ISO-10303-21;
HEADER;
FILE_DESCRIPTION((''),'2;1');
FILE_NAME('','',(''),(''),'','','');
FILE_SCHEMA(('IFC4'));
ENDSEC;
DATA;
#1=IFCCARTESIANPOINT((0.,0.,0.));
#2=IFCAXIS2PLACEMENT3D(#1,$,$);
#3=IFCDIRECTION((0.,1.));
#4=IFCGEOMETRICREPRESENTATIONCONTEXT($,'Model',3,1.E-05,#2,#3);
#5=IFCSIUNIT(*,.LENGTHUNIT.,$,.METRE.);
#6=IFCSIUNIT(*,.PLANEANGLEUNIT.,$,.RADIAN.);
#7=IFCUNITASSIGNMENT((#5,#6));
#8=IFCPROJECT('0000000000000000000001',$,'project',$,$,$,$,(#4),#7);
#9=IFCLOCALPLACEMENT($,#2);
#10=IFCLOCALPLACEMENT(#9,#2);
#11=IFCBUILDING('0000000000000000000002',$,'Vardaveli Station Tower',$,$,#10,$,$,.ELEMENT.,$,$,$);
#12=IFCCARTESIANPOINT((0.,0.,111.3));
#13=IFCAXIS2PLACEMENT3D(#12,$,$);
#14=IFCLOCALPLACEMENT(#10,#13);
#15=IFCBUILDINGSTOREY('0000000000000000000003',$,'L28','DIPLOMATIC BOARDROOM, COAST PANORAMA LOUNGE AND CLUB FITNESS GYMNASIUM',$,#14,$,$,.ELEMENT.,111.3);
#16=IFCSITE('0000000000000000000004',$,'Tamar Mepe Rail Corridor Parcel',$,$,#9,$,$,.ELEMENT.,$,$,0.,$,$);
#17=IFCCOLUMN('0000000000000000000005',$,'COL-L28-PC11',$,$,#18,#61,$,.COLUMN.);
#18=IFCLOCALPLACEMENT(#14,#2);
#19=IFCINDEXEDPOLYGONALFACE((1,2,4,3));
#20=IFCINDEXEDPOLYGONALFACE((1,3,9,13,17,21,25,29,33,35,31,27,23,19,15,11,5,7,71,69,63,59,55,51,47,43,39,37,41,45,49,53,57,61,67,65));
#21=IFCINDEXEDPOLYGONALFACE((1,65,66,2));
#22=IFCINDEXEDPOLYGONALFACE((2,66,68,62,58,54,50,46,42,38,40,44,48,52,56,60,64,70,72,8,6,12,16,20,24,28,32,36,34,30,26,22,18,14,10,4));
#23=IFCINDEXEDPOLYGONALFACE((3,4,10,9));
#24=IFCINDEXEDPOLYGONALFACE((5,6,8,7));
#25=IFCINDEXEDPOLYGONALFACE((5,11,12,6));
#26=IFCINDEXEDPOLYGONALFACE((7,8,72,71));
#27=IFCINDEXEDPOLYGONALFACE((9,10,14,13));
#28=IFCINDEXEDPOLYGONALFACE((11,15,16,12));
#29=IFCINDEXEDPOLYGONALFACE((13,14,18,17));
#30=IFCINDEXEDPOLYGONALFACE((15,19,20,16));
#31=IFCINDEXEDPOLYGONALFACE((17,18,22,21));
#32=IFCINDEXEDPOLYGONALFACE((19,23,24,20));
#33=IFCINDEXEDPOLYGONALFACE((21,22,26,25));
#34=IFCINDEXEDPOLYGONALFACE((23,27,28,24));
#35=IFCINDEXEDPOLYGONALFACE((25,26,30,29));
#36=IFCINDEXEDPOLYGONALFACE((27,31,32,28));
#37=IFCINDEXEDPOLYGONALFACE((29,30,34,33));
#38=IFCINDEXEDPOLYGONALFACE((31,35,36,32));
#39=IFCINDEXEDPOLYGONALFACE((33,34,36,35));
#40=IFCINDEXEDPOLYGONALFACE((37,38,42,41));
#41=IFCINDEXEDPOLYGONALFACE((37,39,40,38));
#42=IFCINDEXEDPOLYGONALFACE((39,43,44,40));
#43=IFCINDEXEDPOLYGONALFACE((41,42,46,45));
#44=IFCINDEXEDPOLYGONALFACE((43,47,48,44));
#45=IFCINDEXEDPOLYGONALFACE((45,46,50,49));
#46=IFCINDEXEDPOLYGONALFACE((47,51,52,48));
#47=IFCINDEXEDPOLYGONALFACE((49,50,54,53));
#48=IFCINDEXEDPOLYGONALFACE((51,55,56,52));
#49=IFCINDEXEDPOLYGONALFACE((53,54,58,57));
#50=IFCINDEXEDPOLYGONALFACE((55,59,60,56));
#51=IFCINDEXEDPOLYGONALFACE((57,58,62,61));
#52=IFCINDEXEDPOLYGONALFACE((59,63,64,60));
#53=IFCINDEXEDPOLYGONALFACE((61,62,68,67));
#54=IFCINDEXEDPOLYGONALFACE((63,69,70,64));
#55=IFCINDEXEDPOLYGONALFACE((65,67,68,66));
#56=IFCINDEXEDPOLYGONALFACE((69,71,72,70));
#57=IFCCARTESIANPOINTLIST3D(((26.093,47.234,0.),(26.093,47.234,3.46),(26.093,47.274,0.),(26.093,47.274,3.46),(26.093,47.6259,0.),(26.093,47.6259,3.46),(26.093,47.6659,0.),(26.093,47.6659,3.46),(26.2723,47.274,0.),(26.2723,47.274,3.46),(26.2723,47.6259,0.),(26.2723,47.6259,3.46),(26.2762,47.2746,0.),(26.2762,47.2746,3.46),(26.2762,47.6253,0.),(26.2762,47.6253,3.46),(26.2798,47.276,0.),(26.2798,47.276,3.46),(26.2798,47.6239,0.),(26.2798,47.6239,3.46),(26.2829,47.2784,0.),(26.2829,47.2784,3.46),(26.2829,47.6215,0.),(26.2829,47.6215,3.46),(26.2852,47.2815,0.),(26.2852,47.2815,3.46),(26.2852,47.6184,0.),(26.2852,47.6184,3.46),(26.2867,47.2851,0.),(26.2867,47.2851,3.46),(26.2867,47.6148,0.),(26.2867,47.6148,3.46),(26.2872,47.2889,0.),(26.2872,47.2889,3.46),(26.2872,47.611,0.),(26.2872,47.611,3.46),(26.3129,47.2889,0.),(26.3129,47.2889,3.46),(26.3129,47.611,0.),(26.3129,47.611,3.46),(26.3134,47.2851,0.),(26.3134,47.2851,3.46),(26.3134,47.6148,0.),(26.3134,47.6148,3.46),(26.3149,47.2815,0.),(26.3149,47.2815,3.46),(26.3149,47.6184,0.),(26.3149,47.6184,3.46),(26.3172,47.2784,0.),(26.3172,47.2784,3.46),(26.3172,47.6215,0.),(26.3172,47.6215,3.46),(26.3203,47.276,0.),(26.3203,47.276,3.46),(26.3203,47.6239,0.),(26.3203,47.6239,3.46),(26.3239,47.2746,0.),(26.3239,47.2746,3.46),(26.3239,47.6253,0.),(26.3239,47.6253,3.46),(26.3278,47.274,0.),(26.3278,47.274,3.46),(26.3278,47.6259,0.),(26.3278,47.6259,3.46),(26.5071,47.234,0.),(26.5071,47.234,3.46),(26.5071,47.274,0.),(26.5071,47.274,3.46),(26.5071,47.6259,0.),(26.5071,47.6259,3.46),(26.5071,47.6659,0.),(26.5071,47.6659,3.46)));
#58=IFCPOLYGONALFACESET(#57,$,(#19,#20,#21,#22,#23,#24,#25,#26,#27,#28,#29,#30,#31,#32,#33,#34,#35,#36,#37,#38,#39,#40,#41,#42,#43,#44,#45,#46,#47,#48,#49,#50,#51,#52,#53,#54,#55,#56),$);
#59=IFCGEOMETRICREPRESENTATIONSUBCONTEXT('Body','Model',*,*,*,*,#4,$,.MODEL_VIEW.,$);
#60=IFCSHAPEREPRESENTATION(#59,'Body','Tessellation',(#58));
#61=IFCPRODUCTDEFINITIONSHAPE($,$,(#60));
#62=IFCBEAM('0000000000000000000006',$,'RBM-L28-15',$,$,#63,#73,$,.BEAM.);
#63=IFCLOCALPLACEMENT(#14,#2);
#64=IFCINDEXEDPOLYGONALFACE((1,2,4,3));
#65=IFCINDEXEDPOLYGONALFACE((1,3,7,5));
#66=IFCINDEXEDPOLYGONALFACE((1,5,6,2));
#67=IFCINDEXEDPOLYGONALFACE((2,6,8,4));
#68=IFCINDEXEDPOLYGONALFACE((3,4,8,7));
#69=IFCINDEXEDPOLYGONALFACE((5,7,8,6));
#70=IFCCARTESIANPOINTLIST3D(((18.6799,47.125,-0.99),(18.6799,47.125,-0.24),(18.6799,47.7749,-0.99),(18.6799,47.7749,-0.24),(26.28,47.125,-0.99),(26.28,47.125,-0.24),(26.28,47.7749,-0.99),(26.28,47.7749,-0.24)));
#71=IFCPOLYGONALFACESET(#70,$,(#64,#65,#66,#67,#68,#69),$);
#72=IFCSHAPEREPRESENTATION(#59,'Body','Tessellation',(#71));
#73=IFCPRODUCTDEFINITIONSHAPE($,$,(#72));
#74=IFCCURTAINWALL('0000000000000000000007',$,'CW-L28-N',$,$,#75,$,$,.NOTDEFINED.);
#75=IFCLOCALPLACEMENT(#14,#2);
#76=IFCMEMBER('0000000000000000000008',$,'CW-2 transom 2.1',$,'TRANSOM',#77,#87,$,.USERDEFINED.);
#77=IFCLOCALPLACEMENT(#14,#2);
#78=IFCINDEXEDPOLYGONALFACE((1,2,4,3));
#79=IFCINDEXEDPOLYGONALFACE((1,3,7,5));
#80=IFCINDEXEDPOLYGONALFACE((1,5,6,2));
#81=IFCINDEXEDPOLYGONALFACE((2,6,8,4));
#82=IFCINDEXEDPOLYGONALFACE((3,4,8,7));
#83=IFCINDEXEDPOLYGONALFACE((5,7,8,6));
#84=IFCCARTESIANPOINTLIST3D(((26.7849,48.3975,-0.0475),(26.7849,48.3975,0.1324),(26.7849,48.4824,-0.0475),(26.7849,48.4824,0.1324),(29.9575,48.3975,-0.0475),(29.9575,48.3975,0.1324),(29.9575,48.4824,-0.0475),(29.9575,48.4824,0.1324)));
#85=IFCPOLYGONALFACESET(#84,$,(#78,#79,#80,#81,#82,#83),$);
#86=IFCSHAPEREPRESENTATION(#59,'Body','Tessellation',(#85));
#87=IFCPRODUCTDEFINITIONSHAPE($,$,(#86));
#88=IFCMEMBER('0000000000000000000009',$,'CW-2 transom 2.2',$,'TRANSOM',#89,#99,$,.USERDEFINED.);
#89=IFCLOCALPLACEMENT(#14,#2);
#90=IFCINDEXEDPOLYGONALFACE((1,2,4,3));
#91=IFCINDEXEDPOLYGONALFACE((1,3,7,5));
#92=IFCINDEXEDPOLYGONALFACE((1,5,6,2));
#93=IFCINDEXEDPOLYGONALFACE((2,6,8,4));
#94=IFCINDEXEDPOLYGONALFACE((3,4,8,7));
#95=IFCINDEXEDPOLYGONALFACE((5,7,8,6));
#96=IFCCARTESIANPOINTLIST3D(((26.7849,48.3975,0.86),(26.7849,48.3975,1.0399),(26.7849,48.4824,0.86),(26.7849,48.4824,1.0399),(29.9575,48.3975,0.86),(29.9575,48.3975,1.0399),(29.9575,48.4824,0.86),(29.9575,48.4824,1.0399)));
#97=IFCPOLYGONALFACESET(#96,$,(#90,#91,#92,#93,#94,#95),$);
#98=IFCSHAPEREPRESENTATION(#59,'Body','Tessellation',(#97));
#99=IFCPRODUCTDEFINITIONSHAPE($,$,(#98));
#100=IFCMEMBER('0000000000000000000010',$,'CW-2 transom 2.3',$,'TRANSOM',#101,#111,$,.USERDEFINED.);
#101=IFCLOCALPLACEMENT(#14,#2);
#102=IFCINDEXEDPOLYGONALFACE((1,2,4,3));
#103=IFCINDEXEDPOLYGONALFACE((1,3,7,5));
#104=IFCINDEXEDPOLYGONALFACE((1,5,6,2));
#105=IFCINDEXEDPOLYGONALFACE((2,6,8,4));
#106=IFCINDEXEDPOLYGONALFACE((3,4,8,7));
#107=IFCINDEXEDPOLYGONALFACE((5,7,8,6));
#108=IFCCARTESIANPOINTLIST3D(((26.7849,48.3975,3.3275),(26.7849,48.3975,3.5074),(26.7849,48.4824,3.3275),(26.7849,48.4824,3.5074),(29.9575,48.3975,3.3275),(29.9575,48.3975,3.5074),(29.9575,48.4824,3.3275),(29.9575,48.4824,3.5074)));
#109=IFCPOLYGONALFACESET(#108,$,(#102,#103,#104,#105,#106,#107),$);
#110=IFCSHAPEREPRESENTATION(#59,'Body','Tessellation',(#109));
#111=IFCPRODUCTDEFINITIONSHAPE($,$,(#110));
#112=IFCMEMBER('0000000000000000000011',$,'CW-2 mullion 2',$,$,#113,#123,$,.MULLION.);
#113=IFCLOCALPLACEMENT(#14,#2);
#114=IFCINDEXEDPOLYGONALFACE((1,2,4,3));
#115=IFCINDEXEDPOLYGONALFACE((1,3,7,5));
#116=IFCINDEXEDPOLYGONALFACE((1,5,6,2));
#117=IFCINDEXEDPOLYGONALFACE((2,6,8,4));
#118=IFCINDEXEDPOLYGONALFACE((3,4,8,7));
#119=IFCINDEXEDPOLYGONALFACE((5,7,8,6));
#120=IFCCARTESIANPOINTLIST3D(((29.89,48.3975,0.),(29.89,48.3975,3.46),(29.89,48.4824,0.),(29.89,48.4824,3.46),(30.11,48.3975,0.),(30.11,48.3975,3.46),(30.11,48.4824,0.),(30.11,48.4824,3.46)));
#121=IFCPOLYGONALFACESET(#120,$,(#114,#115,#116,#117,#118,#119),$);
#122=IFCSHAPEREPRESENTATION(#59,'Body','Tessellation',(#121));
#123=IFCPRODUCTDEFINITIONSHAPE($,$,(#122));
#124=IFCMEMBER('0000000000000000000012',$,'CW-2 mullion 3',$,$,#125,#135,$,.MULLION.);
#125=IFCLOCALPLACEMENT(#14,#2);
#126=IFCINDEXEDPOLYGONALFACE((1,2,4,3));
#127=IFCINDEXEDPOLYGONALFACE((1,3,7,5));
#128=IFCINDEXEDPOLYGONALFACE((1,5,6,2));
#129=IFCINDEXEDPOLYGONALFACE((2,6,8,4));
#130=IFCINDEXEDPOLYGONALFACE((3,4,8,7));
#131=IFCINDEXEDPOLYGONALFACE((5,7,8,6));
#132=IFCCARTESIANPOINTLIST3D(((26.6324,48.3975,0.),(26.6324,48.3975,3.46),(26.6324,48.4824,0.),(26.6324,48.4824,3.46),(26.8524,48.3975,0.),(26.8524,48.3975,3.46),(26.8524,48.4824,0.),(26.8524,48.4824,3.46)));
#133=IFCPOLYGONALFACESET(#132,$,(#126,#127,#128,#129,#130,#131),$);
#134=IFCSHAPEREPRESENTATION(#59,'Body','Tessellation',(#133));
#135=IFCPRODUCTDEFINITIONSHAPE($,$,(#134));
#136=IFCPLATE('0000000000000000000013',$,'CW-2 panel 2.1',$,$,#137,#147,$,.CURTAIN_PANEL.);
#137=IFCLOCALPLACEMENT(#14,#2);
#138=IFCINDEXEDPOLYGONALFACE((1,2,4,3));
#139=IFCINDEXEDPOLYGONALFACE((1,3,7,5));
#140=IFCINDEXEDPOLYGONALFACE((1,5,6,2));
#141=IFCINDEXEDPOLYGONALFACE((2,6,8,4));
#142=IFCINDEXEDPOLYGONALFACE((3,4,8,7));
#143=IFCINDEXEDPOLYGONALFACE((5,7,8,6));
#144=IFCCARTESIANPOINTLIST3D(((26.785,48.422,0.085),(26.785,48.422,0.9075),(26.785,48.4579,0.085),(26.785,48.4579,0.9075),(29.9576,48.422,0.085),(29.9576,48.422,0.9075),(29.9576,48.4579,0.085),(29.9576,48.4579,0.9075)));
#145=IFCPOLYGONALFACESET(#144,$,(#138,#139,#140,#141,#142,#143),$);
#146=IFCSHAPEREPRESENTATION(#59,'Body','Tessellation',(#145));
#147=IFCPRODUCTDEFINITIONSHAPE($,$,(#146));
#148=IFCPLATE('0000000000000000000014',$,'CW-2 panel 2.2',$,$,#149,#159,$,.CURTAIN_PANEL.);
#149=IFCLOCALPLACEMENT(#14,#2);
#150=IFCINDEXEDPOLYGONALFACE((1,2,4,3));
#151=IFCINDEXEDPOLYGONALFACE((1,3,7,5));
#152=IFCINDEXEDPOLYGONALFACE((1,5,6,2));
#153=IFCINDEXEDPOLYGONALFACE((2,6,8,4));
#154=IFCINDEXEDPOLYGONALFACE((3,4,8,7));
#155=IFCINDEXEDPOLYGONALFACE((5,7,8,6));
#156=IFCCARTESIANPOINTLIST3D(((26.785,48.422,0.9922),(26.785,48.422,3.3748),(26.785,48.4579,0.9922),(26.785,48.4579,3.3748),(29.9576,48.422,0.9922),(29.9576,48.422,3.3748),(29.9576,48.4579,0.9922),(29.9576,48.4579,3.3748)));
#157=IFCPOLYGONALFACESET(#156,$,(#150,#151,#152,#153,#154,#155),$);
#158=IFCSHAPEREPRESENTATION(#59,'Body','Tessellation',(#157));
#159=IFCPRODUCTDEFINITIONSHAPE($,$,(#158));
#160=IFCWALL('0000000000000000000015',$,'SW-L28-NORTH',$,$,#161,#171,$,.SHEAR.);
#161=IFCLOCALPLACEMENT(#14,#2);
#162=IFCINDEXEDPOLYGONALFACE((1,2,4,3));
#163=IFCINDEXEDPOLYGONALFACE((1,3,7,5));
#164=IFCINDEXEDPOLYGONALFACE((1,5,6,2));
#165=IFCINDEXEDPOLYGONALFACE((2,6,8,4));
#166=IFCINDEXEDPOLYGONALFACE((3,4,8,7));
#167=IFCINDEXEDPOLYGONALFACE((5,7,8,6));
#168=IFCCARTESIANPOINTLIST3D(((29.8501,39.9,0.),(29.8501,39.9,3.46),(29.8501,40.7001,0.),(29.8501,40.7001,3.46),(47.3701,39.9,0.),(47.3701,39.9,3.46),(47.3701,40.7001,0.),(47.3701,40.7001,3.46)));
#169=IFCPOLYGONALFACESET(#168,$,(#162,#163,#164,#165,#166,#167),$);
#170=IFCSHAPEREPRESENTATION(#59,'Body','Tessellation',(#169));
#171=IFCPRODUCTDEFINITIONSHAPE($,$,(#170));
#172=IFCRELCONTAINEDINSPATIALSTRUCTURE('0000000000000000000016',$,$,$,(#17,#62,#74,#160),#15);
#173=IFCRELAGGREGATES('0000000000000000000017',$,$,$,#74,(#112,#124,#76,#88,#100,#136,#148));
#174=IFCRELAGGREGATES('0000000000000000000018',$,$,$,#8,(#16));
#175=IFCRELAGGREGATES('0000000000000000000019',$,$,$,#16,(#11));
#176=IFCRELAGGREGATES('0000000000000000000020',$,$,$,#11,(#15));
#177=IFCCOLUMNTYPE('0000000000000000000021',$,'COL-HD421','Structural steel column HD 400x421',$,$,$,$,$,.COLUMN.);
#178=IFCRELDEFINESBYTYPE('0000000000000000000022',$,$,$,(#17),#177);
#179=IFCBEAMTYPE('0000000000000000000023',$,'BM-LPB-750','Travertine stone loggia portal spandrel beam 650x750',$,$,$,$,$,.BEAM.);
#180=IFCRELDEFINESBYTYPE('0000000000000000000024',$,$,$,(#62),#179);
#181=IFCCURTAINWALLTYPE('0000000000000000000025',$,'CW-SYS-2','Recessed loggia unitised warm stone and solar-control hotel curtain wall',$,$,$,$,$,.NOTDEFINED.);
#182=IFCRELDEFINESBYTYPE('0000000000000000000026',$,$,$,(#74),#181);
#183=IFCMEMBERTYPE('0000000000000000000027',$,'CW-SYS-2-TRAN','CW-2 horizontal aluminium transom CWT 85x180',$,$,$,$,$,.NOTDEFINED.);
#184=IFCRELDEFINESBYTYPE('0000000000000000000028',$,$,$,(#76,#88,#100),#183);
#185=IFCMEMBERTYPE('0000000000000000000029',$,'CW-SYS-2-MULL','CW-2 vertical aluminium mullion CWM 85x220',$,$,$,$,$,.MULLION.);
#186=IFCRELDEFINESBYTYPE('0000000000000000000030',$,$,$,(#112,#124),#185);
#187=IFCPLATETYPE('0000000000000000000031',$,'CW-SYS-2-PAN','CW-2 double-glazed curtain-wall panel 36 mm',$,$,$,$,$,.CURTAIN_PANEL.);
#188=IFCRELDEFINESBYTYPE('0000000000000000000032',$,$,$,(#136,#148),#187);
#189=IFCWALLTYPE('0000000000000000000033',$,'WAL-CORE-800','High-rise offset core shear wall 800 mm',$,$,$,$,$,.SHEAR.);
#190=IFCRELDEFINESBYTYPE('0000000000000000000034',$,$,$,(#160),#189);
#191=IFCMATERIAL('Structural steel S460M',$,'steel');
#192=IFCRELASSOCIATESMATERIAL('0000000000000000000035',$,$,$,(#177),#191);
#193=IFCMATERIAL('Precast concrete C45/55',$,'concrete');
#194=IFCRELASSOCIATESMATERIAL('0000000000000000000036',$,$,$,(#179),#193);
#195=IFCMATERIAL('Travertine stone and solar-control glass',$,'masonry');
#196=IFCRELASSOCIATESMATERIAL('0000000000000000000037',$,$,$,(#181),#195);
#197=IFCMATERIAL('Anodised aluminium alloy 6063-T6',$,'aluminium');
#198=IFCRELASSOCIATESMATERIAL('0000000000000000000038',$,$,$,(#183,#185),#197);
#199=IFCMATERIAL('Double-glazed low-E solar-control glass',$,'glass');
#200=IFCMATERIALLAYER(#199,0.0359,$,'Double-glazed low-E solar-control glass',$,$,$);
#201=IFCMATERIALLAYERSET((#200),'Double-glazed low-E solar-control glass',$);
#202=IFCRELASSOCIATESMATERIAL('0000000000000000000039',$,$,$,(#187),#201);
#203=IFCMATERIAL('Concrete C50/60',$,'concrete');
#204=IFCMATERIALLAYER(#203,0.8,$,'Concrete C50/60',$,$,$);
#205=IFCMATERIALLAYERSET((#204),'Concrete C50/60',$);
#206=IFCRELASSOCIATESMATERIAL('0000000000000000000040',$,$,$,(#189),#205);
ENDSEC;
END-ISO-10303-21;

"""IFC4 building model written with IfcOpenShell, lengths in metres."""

from ifc_helpers import new_model, si_unit, direction, frame, frame_2d, origin, origin_2d, place, context, subcontext, project, spatial, rectangle, i_section, extrude, source, transform, mapped, material, layer, layer_set, material_profile, profile_set, type_object, element, aggregate, save


model = new_model("IFC4")

# Units and contexts
model_context = context("Model", 3, precision=1e-05, world=origin(), true_north=direction((0.0, 1.0)))
body_context = subcontext(model_context, "Body", "Model", "MODEL_VIEW")
ifc_project = project(units=[si_unit("LENGTHUNIT", "METRE"), si_unit("PLANEANGLEUNIT", "RADIAN")], contexts=[model_context])

# Site, building, storey
site_placement = place(None, origin())
site = spatial("IfcSite", under=ifc_project, at=site_placement, Name="Tamar Mepe Rail Corridor Parcel", CompositionType="ELEMENT", RefElevation=0.0)
building_placement = place(site_placement, origin())
building = spatial("IfcBuilding", under=site, at=building_placement, Name="Vardaveli Station Tower", CompositionType="ELEMENT")
storey_placement = place(building_placement, frame((0.0, 0.0, 111.3)))
storey = spatial("IfcBuildingStorey", under=building, at=storey_placement, Name="L28", Description="DIPLOMATIC BOARDROOM, COAST PANORAMA LOUNGE AND CLUB FITNESS GYMNASIUM", CompositionType="ELEMENT", Elevation=111.3)

# Column
ifc_material_1 = material(Name="Structural steel S460M", Category="steel")
ifc_material_profile_1 = material_profile(ifc_material_1, i_section(OverallWidth=0.4141, OverallDepth=0.4319, WebThickness=0.0256, FlangeThickness=0.04, FilletRadius=0.0149, at=origin_2d()), Name="HD 400x421")
ifc_profile_set_1 = profile_set([ifc_material_profile_1], Name="Structural steel S460M")
column_type = type_object("IfcColumnType", Name="COL-HD421", Description="Structural steel column HD 400x421", PredefinedType="COLUMN", material=ifc_profile_set_1)
shared_shape_1 = source(origin(), body_context, "Body", "SweptSolid", [
    extrude(i_section(OverallWidth=0.4141, OverallDepth=0.4319, WebThickness=0.0256, FlangeThickness=0.04, FilletRadius=0.0149, at=origin_2d()), origin(), (0.0, 0.0, 1.0), 3.46),
])
column_placement = place(storey_placement, frame((26.3, 47.45, 0.0), z_axis=(0.0, 0.0, 1.0), x_axis=(1.0, 0.0, 0.0)))
element("IfcColumn", 1, at=column_placement, inside=storey, type_object=column_type, Name="COL-L28-PC11", PredefinedType="COLUMN", context=body_context, shape_type="MappedRepresentation", body=[
    mapped(shared_shape_1, transform((0.0, 0.0, 0.0), scale=1.0)),
])

# Beam
ifc_material_2 = material(Name="Precast concrete C45/55", Category="concrete")
ifc_material_profile_2 = material_profile(ifc_material_2, rectangle(XDim=0.6499, YDim=0.75, at=origin_2d()), Name="LPB 650x750")
ifc_profile_set_2 = profile_set([ifc_material_profile_2], Name="Precast concrete C45/55")
beam_type = type_object("IfcBeamType", Name="BM-LPB-750", Description="Travertine stone loggia portal spandrel beam 650x750", PredefinedType="BEAM", material=ifc_profile_set_2)
shared_shape_2 = source(origin(), body_context, "Body", "SweptSolid", [
    extrude(rectangle(XDim=0.6499, YDim=0.75, at=origin_2d()), origin(), (0.0, 0.0, 1.0), 7.6001),
])
beam_placement = place(storey_placement, frame((26.28, 47.45, -0.615), z_axis=(-1.0, 0.0, 0.0), x_axis=(0.0, -1.0, 0.0)))
element("IfcBeam", 2, at=beam_placement, inside=storey, type_object=beam_type, Name="RBM-L28-15", PredefinedType="BEAM", context=body_context, shape_type="MappedRepresentation", body=[
    mapped(shared_shape_2, transform((0.0, 0.0, 0.0), scale=1.0)),
])

# Curtain wall, members, plates
ifc_material_3 = material(Name="Travertine stone and solar-control glass", Category="masonry")
curtain_wall_type = type_object("IfcCurtainWallType", Name="CW-SYS-2", Description="Recessed loggia unitised warm stone and solar-control hotel curtain wall", PredefinedType="NOTDEFINED", material=ifc_material_3)
curtain_wall_placement = place(storey_placement, origin())
curtain_wall = element("IfcCurtainWall", 3, at=curtain_wall_placement, inside=storey, type_object=curtain_wall_type, Name="CW-L28-N", PredefinedType="NOTDEFINED")
ifc_material_4 = material(Name="Anodised aluminium alloy 6063-T6", Category="aluminium")
ifc_material_profile_3 = material_profile(ifc_material_4, rectangle(XDim=0.085, YDim=0.1799, at=origin_2d()), Name="CWT 85x180")
ifc_profile_set_3 = profile_set([ifc_material_profile_3], Name="Anodised aluminium alloy 6063-T6")
member_type_1 = type_object("IfcMemberType", Name="CW-SYS-2-TRAN", Description="CW-2 horizontal aluminium transom CWT 85x180", PredefinedType="NOTDEFINED", material=ifc_profile_set_3)
shared_shape_3 = source(origin(), body_context, "Body", "SweptSolid", [
    extrude(rectangle(XDim=0.085, YDim=0.1799, at=origin_2d()), origin(), (0.0, 0.0, 1.0), 3.1726),
])
member_1_placement = place(storey_placement, frame((29.9575, 48.4399, 0.0425), z_axis=(-1.0, 0.0, 0.0), x_axis=(0.0, -1.0, 0.0)))
member_1 = element("IfcMember", 4, at=member_1_placement, type_object=member_type_1, Name="CW-2 transom 2.1", ObjectType="TRANSOM", PredefinedType="USERDEFINED", context=body_context, shape_type="MappedRepresentation", body=[
    mapped(shared_shape_3, transform((0.0, 0.0, 0.0), scale=1.0)),
])
member_2_placement = place(storey_placement, frame((29.9575, 48.4399, 0.95), z_axis=(-1.0, 0.0, 0.0), x_axis=(0.0, -1.0, 0.0)))
member_2 = element("IfcMember", 5, at=member_2_placement, type_object=member_type_1, Name="CW-2 transom 2.2", ObjectType="TRANSOM", PredefinedType="USERDEFINED", context=body_context, shape_type="MappedRepresentation", body=[
    mapped(shared_shape_3, transform((0.0, 0.0, 0.0), scale=1.0)),
])
member_3_placement = place(storey_placement, frame((29.9575, 48.4399, 3.4175), z_axis=(-1.0, 0.0, 0.0), x_axis=(0.0, -1.0, 0.0)))
member_3 = element("IfcMember", 6, at=member_3_placement, type_object=member_type_1, Name="CW-2 transom 2.3", ObjectType="TRANSOM", PredefinedType="USERDEFINED", context=body_context, shape_type="MappedRepresentation", body=[
    mapped(shared_shape_3, transform((0.0, 0.0, 0.0), scale=1.0)),
])
ifc_material_profile_4 = material_profile(ifc_material_4, rectangle(XDim=0.085, YDim=0.22, at=origin_2d()), Name="CWM 85x220")
ifc_profile_set_4 = profile_set([ifc_material_profile_4], Name="Anodised aluminium alloy 6063-T6")
member_type_2 = type_object("IfcMemberType", Name="CW-SYS-2-MULL", Description="CW-2 vertical aluminium mullion CWM 85x220", PredefinedType="MULLION", material=ifc_profile_set_4)
shared_shape_4 = source(origin(), body_context, "Body", "SweptSolid", [
    extrude(rectangle(XDim=0.085, YDim=0.22, at=origin_2d()), origin(), (0.0, 0.0, 1.0), 3.46),
])
member_4_placement = place(storey_placement, frame((30.0, 48.4399, 0.0), z_axis=(0.0, 0.0, 1.0), x_axis=(0.0, -1.0, 0.0)))
member_4 = element("IfcMember", 7, at=member_4_placement, type_object=member_type_2, Name="CW-2 mullion 2", PredefinedType="MULLION", context=body_context, shape_type="MappedRepresentation", body=[
    mapped(shared_shape_4, transform((0.0, 0.0, 0.0), scale=1.0)),
])
member_5_placement = place(storey_placement, frame((26.7424, 48.4399, 0.0), z_axis=(0.0, 0.0, 1.0), x_axis=(0.0, -1.0, 0.0)))
member_5 = element("IfcMember", 8, at=member_5_placement, type_object=member_type_2, Name="CW-2 mullion 3", PredefinedType="MULLION", context=body_context, shape_type="MappedRepresentation", body=[
    mapped(shared_shape_4, transform((0.0, 0.0, 0.0), scale=1.0)),
])
ifc_material_5 = material(Name="Double-glazed low-E solar-control glass", Category="glass")
ifc_layer_1 = layer(ifc_material_5, 0.0359, Name="Double-glazed low-E solar-control glass")
ifc_layer_set_1 = layer_set([ifc_layer_1], Name="Double-glazed low-E solar-control glass")
plate_type = type_object("IfcPlateType", Name="CW-SYS-2-PAN", Description="CW-2 double-glazed curtain-wall panel 36 mm", PredefinedType="CURTAIN_PANEL", material=ifc_layer_set_1)
shared_shape_5 = source(origin(), body_context, "Body", "SweptSolid", [
    extrude(rectangle(XDim=3.1726, YDim=0.0359, at=origin_2d()), origin(), (0.0, 0.0, 1.0), 0.8225),
])
plate_1_placement = place(storey_placement, frame((28.3713, 48.4399, 0.085), z_axis=(0.0, 0.0, 1.0), x_axis=(-1.0, 0.0, 0.0)))
plate_1 = element("IfcPlate", 9, at=plate_1_placement, type_object=plate_type, Name="CW-2 panel 2.1", PredefinedType="CURTAIN_PANEL", context=body_context, shape_type="MappedRepresentation", body=[
    mapped(shared_shape_5, transform((0.0, 0.0, 0.0), scale=1.0)),
])
shared_shape_6 = source(origin(), body_context, "Body", "SweptSolid", [
    extrude(rectangle(XDim=3.1726, YDim=0.0359, at=origin_2d()), origin(), (0.0, 0.0, 1.0), 2.3826),
])
plate_2_placement = place(storey_placement, frame((28.3713, 48.4399, 0.9922), z_axis=(0.0, 0.0, 1.0), x_axis=(-1.0, 0.0, 0.0)))
plate_2 = element("IfcPlate", 10, at=plate_2_placement, type_object=plate_type, Name="CW-2 panel 2.2", PredefinedType="CURTAIN_PANEL", context=body_context, shape_type="MappedRepresentation", body=[
    mapped(shared_shape_6, transform((0.0, 0.0, 0.0), scale=1.0)),
])
aggregate(curtain_wall, [member_4, member_5, member_1, member_2, member_3, plate_1, plate_2])

# Wall
ifc_material_6 = material(Name="Concrete C50/60", Category="concrete")
ifc_layer_2 = layer(ifc_material_6, 0.8, Name="Concrete C50/60")
ifc_layer_set_2 = layer_set([ifc_layer_2], Name="Concrete C50/60")
wall_type_1 = type_object("IfcWallType", Name="WAL-CORE-800", Description="High-rise offset core shear wall 800 mm", PredefinedType="SHEAR", material=ifc_layer_set_2)
shared_shape_7 = source(origin(), body_context, "Body", "SweptSolid", [
    extrude(rectangle(XDim=17.52, YDim=0.8, at=frame_2d((8.76, 0.0))), origin(), (0.0, 0.0, 1.0), 3.46),
])
wall_1_placement = place(storey_placement, frame((29.8501, 40.3, 0.0), z_axis=(0.0, 0.0, 1.0), x_axis=(1.0, 0.0, 0.0)))
element("IfcWall", 11, at=wall_1_placement, inside=storey, type_object=wall_type_1, Name="SW-L28-NORTH", PredefinedType="SHEAR", context=body_context, shape_type="MappedRepresentation", body=[
    mapped(shared_shape_7, transform((0.0, 0.0, 0.0), scale=1.0)),
])

save(model, "model.ifc")
